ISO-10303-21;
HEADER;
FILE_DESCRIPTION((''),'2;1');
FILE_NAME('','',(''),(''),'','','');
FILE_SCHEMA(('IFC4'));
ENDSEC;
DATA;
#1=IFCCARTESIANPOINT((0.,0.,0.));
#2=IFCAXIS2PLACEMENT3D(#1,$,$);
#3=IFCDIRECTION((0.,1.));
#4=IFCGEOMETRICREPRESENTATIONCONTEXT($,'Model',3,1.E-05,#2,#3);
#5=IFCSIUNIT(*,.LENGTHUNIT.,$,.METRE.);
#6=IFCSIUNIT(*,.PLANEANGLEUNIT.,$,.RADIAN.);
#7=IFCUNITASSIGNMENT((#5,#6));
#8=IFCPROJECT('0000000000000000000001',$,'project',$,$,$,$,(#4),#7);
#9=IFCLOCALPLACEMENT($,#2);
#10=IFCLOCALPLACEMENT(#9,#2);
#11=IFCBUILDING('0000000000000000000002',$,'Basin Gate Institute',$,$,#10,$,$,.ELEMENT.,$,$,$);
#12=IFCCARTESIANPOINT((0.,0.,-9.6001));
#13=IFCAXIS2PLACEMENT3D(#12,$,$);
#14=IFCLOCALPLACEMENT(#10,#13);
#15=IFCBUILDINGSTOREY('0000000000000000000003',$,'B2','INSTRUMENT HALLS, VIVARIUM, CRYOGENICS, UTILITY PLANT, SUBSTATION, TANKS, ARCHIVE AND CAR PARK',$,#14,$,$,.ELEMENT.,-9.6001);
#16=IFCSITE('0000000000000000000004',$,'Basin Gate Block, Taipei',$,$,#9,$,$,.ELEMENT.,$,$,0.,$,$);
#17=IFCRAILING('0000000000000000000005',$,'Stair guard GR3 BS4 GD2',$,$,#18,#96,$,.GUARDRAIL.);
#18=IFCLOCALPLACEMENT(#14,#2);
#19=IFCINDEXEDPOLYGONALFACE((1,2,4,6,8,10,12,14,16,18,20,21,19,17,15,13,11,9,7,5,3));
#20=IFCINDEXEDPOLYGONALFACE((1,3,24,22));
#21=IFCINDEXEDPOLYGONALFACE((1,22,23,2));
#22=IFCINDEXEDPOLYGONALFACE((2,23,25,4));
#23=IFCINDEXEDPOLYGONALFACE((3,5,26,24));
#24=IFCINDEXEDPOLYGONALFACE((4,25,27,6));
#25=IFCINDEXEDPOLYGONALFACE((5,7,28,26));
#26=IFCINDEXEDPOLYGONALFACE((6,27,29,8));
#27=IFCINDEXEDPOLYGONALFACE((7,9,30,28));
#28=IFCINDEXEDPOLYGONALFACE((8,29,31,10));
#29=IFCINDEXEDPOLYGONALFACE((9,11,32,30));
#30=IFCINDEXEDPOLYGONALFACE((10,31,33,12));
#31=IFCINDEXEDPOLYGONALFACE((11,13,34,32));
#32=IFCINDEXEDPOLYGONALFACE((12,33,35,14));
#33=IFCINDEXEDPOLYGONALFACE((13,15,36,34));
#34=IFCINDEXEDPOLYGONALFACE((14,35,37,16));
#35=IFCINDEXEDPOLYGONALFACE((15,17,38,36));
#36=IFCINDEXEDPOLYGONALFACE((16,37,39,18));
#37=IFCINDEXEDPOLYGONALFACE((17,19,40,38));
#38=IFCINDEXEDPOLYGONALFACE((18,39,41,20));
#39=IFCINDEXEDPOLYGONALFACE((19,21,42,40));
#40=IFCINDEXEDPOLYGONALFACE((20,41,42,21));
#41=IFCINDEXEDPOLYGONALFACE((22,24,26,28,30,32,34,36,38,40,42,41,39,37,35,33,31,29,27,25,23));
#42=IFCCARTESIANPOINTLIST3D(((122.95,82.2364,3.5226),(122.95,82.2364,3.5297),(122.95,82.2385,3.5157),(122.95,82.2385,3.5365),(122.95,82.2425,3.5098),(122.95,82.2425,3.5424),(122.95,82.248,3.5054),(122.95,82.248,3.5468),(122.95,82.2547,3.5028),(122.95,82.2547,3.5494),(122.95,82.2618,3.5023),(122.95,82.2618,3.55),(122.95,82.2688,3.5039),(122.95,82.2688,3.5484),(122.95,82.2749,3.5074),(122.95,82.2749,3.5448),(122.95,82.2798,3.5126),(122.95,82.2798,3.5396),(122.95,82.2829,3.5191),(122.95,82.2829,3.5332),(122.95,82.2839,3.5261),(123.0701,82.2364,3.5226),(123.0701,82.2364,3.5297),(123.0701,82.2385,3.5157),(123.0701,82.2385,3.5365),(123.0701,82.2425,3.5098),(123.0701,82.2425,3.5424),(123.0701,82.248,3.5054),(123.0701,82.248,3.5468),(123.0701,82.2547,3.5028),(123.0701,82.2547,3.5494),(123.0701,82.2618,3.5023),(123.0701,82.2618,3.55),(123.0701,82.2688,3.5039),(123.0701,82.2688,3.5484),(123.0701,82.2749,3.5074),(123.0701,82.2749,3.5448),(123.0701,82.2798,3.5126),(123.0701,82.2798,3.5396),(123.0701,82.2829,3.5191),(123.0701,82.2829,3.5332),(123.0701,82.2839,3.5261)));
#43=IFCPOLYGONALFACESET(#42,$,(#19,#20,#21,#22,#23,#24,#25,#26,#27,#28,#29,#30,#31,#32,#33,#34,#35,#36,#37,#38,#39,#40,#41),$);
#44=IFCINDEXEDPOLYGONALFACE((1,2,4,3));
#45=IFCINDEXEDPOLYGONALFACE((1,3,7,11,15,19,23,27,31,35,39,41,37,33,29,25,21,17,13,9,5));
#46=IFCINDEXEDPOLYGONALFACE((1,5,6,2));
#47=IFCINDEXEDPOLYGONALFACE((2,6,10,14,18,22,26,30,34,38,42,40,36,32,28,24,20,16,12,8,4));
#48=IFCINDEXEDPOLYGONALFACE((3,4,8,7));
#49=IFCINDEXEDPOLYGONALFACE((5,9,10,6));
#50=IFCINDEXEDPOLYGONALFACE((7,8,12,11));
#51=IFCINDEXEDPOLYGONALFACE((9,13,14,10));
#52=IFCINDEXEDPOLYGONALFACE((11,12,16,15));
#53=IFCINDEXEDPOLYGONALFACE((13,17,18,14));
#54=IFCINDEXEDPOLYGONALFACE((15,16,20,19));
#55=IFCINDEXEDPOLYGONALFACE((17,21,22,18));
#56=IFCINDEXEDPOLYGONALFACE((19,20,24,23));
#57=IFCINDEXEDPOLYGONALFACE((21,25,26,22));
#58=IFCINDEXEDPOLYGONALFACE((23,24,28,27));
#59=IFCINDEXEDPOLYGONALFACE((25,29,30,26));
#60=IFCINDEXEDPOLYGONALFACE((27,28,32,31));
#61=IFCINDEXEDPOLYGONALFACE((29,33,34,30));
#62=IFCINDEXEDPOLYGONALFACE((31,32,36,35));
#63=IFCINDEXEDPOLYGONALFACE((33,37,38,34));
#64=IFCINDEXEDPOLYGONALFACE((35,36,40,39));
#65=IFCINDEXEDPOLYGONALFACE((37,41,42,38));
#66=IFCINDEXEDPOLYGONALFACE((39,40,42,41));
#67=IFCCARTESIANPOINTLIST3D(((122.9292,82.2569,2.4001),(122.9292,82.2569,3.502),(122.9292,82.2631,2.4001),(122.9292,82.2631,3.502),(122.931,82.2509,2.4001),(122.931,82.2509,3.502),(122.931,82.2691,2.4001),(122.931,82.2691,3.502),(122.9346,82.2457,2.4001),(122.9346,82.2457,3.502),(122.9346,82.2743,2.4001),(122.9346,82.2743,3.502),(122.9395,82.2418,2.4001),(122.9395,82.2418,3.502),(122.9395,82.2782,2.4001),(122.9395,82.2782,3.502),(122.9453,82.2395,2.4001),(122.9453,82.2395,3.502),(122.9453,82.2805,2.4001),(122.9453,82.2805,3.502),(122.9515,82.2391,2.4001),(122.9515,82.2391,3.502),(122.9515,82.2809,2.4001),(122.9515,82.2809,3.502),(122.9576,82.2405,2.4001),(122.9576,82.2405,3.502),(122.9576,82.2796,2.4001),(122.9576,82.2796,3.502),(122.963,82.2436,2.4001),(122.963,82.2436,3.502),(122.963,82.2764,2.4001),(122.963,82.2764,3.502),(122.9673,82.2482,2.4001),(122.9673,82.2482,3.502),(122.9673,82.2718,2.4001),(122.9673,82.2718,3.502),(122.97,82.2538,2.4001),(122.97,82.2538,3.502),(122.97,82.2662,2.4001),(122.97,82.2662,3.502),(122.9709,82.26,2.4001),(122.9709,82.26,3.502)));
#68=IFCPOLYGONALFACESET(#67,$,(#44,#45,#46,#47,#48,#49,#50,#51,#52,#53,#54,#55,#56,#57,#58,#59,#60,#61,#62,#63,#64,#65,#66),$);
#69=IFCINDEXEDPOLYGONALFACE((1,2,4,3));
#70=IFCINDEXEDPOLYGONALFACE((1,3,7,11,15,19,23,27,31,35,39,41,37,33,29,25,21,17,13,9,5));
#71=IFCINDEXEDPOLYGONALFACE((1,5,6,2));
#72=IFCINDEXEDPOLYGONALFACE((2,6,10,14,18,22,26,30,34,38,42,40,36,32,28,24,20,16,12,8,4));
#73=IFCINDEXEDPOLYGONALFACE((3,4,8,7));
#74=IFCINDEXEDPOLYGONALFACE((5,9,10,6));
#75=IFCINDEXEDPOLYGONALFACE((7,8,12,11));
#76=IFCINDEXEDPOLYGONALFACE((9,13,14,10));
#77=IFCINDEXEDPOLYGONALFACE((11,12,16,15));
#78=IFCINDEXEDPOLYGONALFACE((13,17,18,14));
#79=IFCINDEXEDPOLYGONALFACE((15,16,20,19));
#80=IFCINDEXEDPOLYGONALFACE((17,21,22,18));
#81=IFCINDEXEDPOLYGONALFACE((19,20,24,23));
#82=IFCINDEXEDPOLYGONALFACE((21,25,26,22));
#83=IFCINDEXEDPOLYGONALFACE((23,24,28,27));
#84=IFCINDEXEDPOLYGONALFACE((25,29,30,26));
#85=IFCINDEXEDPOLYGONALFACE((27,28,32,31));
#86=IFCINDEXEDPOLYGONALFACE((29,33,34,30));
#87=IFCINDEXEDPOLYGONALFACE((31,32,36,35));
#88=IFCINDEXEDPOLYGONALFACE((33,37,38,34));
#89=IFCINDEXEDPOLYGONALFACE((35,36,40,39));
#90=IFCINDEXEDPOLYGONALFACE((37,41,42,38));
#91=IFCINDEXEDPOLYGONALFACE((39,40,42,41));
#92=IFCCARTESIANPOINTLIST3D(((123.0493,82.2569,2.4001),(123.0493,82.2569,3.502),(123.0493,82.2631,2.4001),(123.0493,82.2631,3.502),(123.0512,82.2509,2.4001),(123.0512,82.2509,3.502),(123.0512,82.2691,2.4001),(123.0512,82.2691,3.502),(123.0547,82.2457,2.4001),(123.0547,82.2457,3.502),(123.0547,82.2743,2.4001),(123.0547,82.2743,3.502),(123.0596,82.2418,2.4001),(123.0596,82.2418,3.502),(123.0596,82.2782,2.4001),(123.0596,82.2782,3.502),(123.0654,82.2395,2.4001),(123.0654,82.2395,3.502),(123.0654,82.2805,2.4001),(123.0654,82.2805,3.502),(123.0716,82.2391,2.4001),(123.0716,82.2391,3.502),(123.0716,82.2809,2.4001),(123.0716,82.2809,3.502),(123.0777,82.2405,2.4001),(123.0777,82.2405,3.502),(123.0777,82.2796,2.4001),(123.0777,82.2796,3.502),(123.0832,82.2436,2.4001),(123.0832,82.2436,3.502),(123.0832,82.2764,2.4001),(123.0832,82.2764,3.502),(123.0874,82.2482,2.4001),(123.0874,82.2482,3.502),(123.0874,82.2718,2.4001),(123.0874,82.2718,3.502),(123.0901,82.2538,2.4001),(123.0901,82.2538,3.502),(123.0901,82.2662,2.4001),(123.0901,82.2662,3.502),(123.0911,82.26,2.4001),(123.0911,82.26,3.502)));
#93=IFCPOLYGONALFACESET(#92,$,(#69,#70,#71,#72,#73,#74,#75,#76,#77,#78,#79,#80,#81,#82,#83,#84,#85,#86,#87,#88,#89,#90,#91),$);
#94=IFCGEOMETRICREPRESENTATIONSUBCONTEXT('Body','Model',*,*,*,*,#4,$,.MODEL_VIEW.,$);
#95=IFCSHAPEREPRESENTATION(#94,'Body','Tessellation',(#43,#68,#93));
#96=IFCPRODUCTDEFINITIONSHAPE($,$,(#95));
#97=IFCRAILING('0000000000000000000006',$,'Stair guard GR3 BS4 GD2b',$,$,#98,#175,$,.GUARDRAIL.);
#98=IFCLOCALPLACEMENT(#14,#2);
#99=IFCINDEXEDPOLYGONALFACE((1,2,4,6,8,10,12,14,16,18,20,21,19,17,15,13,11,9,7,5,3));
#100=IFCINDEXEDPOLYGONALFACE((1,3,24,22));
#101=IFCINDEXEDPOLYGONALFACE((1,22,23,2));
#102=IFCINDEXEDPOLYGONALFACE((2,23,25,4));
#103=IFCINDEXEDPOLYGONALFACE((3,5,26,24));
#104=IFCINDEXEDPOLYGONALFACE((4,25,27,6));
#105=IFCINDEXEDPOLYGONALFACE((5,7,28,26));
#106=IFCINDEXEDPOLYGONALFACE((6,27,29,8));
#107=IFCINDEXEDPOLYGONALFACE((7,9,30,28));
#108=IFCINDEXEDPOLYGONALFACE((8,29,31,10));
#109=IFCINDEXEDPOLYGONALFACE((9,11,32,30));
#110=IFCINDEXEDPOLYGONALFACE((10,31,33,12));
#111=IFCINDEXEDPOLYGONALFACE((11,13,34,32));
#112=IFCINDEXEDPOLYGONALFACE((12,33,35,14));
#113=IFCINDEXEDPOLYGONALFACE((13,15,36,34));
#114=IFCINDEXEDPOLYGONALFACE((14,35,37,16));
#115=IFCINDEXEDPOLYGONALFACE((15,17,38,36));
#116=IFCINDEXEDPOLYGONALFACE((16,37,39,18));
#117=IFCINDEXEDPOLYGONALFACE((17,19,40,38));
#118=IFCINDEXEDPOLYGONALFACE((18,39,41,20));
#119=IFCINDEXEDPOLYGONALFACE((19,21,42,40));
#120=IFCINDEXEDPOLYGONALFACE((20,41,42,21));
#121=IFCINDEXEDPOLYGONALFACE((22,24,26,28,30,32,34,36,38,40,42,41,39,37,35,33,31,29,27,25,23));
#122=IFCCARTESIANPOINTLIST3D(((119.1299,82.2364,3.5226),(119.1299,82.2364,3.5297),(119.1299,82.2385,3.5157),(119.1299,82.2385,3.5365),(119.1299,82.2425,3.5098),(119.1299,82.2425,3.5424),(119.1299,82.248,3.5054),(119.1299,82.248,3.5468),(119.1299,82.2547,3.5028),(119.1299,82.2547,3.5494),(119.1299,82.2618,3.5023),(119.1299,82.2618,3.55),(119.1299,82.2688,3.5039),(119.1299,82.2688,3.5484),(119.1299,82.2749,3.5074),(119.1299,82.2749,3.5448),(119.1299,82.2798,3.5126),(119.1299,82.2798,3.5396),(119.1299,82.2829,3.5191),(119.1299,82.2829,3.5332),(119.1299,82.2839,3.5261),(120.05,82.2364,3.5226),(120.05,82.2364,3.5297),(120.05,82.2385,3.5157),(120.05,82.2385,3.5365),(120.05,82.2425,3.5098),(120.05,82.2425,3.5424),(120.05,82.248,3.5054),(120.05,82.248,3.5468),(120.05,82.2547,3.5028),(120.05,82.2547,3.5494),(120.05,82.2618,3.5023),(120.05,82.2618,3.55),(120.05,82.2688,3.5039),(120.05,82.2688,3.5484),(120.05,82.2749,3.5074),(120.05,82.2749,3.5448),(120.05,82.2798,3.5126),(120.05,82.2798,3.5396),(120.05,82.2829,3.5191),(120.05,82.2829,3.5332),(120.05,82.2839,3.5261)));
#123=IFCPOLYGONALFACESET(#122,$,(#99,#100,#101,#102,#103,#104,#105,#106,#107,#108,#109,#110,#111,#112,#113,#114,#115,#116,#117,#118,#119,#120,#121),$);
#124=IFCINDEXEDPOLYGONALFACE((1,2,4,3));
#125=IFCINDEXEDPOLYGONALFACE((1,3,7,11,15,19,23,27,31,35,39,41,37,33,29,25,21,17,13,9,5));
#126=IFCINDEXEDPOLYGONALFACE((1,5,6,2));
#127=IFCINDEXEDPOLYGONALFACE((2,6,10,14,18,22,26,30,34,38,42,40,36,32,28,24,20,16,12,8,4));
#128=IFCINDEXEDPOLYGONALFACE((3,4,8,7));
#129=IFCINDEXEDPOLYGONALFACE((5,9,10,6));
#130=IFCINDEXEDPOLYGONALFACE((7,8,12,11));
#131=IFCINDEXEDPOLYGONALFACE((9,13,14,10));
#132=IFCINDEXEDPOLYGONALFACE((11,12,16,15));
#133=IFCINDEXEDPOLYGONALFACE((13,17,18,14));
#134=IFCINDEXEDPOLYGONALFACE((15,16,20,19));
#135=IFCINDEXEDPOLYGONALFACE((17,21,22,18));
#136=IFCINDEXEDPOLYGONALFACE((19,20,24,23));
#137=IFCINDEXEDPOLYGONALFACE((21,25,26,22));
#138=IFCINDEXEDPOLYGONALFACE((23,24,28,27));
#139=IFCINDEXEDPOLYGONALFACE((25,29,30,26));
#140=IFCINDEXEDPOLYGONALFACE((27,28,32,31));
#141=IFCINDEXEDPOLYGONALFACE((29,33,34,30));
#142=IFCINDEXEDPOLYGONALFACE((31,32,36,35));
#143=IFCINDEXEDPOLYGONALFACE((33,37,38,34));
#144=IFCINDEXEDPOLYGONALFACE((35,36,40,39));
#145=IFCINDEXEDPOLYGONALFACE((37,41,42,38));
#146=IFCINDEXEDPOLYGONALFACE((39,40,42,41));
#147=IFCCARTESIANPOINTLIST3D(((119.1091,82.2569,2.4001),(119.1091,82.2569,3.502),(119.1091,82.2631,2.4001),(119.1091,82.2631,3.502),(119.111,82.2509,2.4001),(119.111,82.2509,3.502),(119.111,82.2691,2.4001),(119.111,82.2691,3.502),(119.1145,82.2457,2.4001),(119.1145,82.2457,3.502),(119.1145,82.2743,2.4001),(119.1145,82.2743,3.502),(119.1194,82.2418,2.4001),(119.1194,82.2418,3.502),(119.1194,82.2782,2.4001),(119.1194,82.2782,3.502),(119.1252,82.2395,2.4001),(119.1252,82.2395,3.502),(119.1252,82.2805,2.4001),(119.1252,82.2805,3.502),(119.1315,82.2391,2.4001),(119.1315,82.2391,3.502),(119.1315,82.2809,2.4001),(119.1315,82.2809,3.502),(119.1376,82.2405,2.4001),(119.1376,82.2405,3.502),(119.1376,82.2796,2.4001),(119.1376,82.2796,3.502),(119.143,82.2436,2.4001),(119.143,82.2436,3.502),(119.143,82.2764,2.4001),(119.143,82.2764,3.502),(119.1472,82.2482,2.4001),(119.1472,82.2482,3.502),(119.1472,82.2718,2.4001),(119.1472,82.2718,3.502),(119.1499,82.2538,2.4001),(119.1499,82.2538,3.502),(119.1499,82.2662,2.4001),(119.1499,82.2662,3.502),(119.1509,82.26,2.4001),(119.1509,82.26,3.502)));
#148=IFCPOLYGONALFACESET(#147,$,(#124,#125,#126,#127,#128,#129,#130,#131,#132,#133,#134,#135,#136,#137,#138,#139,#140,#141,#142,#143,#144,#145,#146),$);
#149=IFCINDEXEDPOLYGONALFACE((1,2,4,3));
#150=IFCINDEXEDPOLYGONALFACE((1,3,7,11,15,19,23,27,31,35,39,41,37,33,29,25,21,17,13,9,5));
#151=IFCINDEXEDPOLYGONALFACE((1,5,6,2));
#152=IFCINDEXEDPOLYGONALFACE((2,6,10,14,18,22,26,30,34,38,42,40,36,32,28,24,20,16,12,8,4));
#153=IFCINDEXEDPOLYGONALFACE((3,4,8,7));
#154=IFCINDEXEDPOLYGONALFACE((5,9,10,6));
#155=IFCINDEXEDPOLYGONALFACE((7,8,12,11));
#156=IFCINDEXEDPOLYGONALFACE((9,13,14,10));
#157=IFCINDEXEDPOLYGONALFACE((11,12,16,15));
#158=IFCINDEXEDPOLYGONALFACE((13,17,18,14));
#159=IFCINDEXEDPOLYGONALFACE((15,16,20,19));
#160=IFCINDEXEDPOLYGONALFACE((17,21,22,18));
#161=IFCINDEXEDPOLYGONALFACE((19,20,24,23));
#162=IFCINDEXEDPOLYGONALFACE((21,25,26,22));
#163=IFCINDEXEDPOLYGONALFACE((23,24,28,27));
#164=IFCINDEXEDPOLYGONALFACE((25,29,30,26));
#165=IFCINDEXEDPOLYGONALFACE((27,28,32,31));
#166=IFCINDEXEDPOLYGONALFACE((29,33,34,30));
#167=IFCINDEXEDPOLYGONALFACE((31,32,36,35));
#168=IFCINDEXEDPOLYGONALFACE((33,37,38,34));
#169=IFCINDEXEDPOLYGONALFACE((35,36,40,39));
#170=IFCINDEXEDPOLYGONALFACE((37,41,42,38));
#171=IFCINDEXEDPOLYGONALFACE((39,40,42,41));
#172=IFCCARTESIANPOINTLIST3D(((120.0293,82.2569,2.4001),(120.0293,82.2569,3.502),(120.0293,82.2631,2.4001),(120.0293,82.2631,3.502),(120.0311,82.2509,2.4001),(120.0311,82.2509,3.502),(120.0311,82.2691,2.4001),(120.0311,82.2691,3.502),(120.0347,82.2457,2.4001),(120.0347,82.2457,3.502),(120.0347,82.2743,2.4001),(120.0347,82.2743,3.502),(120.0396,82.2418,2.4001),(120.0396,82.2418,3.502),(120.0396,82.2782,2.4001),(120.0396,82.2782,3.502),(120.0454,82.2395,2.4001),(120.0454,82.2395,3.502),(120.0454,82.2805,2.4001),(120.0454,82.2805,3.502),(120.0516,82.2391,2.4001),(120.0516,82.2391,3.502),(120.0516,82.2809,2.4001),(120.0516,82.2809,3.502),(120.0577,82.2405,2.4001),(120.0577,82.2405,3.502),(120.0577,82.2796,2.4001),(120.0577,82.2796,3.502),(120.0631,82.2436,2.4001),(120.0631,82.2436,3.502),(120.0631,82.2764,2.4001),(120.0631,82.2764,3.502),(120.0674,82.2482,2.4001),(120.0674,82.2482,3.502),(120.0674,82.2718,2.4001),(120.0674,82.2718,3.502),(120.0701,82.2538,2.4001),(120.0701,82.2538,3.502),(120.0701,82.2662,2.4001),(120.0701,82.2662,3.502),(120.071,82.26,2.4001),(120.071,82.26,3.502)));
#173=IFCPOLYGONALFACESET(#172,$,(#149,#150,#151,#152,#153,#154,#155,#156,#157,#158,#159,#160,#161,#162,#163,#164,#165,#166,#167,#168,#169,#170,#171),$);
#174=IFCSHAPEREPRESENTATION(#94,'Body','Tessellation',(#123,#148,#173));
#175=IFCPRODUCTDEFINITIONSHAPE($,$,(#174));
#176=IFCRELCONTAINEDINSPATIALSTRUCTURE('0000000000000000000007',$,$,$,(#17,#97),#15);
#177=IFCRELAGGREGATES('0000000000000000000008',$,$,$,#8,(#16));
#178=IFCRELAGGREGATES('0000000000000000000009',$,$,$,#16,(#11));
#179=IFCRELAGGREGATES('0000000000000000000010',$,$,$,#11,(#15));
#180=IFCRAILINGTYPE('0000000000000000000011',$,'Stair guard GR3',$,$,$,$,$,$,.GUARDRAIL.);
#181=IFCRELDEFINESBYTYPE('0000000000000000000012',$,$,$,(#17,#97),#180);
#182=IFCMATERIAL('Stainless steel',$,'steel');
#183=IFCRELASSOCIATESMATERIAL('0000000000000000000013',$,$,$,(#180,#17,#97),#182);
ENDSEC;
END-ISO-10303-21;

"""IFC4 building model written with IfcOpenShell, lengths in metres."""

from ifc_helpers import new_model, si_unit, direction, frame, origin, origin_2d, place, context, subcontext, project, spatial, circle, extrude, material, type_object, element, save


model = new_model("IFC4")

# Units and contexts
model_context = context("Model", 3, precision=1e-05, world=origin(), true_north=direction((0.0, 1.0)))
body_context = subcontext(model_context, "Body", "Model", "MODEL_VIEW")
ifc_project = project(units=[si_unit("LENGTHUNIT", "METRE"), si_unit("PLANEANGLEUNIT", "RADIAN")], contexts=[model_context])

# Site, building, storey
site_placement = place(None, origin())
site = spatial("IfcSite", under=ifc_project, at=site_placement, Name="Basin Gate Block, Taipei", CompositionType="ELEMENT", RefElevation=0.0)
building_placement = place(site_placement, origin())
building = spatial("IfcBuilding", under=site, at=building_placement, Name="Basin Gate Institute", CompositionType="ELEMENT")
storey_placement = place(building_placement, frame((0.0, 0.0, -9.6001)))
storey = spatial("IfcBuildingStorey", under=building, at=storey_placement, Name="B2", Description="INSTRUMENT HALLS, VIVARIUM, CRYOGENICS, UTILITY PLANT, SUBSTATION, TANKS, ARCHIVE AND CAR PARK", CompositionType="ELEMENT", Elevation=-9.6001)

# Railings
ifc_material_1 = material(Name="Stainless steel", Category="steel")
railing_type_1 = type_object("IfcRailingType", Name="Stair guard GR3", PredefinedType="GUARDRAIL", material=ifc_material_1)
railing_1_placement = place(storey_placement, frame((122.95, 82.26, 2.4001)))
element("IfcRailing", 1, at=railing_1_placement, inside=storey, type_object=railing_type_1, material=ifc_material_1, Name="Stair guard GR3 BS4 GD2", PredefinedType="GUARDRAIL", context=body_context, shape_type="SweptSolid", body=[
    extrude(circle(Radius=0.0239, at=origin_2d()), frame((0.0, 0.0, 1.126), z_axis=(1.0, 0.0, 0.0), x_axis=(0.0, 1.0, 0.0)), (0.0, 0.0, 1.0), 0.1201),
    extrude(circle(Radius=0.021, at=origin_2d()), origin(), (0.0, 0.0, 1.0), 1.1018),
    extrude(circle(Radius=0.021, at=origin_2d()), frame((0.1201, 0.0, 0.0)), (0.0, 0.0, 1.0), 1.1018),
])
railing_2_placement = place(storey_placement, frame((119.1299, 82.26, 2.4001)))
element("IfcRailing", 2, at=railing_2_placement, inside=storey, type_object=railing_type_1, material=ifc_material_1, Name="Stair guard GR3 BS4 GD2b", PredefinedType="GUARDRAIL", context=body_context, shape_type="SweptSolid", body=[
    extrude(circle(Radius=0.0239, at=origin_2d()), frame((0.0, 0.0, 1.126), z_axis=(1.0, 0.0, 0.0), x_axis=(0.0, 1.0, 0.0)), (0.0, 0.0, 1.0), 0.9202),
    extrude(circle(Radius=0.021, at=origin_2d()), origin(), (0.0, 0.0, 1.0), 1.1018),
    extrude(circle(Radius=0.021, at=origin_2d()), frame((0.9202, 0.0, 0.0)), (0.0, 0.0, 1.0), 1.1018),
])

save(model, "model.ifc")
